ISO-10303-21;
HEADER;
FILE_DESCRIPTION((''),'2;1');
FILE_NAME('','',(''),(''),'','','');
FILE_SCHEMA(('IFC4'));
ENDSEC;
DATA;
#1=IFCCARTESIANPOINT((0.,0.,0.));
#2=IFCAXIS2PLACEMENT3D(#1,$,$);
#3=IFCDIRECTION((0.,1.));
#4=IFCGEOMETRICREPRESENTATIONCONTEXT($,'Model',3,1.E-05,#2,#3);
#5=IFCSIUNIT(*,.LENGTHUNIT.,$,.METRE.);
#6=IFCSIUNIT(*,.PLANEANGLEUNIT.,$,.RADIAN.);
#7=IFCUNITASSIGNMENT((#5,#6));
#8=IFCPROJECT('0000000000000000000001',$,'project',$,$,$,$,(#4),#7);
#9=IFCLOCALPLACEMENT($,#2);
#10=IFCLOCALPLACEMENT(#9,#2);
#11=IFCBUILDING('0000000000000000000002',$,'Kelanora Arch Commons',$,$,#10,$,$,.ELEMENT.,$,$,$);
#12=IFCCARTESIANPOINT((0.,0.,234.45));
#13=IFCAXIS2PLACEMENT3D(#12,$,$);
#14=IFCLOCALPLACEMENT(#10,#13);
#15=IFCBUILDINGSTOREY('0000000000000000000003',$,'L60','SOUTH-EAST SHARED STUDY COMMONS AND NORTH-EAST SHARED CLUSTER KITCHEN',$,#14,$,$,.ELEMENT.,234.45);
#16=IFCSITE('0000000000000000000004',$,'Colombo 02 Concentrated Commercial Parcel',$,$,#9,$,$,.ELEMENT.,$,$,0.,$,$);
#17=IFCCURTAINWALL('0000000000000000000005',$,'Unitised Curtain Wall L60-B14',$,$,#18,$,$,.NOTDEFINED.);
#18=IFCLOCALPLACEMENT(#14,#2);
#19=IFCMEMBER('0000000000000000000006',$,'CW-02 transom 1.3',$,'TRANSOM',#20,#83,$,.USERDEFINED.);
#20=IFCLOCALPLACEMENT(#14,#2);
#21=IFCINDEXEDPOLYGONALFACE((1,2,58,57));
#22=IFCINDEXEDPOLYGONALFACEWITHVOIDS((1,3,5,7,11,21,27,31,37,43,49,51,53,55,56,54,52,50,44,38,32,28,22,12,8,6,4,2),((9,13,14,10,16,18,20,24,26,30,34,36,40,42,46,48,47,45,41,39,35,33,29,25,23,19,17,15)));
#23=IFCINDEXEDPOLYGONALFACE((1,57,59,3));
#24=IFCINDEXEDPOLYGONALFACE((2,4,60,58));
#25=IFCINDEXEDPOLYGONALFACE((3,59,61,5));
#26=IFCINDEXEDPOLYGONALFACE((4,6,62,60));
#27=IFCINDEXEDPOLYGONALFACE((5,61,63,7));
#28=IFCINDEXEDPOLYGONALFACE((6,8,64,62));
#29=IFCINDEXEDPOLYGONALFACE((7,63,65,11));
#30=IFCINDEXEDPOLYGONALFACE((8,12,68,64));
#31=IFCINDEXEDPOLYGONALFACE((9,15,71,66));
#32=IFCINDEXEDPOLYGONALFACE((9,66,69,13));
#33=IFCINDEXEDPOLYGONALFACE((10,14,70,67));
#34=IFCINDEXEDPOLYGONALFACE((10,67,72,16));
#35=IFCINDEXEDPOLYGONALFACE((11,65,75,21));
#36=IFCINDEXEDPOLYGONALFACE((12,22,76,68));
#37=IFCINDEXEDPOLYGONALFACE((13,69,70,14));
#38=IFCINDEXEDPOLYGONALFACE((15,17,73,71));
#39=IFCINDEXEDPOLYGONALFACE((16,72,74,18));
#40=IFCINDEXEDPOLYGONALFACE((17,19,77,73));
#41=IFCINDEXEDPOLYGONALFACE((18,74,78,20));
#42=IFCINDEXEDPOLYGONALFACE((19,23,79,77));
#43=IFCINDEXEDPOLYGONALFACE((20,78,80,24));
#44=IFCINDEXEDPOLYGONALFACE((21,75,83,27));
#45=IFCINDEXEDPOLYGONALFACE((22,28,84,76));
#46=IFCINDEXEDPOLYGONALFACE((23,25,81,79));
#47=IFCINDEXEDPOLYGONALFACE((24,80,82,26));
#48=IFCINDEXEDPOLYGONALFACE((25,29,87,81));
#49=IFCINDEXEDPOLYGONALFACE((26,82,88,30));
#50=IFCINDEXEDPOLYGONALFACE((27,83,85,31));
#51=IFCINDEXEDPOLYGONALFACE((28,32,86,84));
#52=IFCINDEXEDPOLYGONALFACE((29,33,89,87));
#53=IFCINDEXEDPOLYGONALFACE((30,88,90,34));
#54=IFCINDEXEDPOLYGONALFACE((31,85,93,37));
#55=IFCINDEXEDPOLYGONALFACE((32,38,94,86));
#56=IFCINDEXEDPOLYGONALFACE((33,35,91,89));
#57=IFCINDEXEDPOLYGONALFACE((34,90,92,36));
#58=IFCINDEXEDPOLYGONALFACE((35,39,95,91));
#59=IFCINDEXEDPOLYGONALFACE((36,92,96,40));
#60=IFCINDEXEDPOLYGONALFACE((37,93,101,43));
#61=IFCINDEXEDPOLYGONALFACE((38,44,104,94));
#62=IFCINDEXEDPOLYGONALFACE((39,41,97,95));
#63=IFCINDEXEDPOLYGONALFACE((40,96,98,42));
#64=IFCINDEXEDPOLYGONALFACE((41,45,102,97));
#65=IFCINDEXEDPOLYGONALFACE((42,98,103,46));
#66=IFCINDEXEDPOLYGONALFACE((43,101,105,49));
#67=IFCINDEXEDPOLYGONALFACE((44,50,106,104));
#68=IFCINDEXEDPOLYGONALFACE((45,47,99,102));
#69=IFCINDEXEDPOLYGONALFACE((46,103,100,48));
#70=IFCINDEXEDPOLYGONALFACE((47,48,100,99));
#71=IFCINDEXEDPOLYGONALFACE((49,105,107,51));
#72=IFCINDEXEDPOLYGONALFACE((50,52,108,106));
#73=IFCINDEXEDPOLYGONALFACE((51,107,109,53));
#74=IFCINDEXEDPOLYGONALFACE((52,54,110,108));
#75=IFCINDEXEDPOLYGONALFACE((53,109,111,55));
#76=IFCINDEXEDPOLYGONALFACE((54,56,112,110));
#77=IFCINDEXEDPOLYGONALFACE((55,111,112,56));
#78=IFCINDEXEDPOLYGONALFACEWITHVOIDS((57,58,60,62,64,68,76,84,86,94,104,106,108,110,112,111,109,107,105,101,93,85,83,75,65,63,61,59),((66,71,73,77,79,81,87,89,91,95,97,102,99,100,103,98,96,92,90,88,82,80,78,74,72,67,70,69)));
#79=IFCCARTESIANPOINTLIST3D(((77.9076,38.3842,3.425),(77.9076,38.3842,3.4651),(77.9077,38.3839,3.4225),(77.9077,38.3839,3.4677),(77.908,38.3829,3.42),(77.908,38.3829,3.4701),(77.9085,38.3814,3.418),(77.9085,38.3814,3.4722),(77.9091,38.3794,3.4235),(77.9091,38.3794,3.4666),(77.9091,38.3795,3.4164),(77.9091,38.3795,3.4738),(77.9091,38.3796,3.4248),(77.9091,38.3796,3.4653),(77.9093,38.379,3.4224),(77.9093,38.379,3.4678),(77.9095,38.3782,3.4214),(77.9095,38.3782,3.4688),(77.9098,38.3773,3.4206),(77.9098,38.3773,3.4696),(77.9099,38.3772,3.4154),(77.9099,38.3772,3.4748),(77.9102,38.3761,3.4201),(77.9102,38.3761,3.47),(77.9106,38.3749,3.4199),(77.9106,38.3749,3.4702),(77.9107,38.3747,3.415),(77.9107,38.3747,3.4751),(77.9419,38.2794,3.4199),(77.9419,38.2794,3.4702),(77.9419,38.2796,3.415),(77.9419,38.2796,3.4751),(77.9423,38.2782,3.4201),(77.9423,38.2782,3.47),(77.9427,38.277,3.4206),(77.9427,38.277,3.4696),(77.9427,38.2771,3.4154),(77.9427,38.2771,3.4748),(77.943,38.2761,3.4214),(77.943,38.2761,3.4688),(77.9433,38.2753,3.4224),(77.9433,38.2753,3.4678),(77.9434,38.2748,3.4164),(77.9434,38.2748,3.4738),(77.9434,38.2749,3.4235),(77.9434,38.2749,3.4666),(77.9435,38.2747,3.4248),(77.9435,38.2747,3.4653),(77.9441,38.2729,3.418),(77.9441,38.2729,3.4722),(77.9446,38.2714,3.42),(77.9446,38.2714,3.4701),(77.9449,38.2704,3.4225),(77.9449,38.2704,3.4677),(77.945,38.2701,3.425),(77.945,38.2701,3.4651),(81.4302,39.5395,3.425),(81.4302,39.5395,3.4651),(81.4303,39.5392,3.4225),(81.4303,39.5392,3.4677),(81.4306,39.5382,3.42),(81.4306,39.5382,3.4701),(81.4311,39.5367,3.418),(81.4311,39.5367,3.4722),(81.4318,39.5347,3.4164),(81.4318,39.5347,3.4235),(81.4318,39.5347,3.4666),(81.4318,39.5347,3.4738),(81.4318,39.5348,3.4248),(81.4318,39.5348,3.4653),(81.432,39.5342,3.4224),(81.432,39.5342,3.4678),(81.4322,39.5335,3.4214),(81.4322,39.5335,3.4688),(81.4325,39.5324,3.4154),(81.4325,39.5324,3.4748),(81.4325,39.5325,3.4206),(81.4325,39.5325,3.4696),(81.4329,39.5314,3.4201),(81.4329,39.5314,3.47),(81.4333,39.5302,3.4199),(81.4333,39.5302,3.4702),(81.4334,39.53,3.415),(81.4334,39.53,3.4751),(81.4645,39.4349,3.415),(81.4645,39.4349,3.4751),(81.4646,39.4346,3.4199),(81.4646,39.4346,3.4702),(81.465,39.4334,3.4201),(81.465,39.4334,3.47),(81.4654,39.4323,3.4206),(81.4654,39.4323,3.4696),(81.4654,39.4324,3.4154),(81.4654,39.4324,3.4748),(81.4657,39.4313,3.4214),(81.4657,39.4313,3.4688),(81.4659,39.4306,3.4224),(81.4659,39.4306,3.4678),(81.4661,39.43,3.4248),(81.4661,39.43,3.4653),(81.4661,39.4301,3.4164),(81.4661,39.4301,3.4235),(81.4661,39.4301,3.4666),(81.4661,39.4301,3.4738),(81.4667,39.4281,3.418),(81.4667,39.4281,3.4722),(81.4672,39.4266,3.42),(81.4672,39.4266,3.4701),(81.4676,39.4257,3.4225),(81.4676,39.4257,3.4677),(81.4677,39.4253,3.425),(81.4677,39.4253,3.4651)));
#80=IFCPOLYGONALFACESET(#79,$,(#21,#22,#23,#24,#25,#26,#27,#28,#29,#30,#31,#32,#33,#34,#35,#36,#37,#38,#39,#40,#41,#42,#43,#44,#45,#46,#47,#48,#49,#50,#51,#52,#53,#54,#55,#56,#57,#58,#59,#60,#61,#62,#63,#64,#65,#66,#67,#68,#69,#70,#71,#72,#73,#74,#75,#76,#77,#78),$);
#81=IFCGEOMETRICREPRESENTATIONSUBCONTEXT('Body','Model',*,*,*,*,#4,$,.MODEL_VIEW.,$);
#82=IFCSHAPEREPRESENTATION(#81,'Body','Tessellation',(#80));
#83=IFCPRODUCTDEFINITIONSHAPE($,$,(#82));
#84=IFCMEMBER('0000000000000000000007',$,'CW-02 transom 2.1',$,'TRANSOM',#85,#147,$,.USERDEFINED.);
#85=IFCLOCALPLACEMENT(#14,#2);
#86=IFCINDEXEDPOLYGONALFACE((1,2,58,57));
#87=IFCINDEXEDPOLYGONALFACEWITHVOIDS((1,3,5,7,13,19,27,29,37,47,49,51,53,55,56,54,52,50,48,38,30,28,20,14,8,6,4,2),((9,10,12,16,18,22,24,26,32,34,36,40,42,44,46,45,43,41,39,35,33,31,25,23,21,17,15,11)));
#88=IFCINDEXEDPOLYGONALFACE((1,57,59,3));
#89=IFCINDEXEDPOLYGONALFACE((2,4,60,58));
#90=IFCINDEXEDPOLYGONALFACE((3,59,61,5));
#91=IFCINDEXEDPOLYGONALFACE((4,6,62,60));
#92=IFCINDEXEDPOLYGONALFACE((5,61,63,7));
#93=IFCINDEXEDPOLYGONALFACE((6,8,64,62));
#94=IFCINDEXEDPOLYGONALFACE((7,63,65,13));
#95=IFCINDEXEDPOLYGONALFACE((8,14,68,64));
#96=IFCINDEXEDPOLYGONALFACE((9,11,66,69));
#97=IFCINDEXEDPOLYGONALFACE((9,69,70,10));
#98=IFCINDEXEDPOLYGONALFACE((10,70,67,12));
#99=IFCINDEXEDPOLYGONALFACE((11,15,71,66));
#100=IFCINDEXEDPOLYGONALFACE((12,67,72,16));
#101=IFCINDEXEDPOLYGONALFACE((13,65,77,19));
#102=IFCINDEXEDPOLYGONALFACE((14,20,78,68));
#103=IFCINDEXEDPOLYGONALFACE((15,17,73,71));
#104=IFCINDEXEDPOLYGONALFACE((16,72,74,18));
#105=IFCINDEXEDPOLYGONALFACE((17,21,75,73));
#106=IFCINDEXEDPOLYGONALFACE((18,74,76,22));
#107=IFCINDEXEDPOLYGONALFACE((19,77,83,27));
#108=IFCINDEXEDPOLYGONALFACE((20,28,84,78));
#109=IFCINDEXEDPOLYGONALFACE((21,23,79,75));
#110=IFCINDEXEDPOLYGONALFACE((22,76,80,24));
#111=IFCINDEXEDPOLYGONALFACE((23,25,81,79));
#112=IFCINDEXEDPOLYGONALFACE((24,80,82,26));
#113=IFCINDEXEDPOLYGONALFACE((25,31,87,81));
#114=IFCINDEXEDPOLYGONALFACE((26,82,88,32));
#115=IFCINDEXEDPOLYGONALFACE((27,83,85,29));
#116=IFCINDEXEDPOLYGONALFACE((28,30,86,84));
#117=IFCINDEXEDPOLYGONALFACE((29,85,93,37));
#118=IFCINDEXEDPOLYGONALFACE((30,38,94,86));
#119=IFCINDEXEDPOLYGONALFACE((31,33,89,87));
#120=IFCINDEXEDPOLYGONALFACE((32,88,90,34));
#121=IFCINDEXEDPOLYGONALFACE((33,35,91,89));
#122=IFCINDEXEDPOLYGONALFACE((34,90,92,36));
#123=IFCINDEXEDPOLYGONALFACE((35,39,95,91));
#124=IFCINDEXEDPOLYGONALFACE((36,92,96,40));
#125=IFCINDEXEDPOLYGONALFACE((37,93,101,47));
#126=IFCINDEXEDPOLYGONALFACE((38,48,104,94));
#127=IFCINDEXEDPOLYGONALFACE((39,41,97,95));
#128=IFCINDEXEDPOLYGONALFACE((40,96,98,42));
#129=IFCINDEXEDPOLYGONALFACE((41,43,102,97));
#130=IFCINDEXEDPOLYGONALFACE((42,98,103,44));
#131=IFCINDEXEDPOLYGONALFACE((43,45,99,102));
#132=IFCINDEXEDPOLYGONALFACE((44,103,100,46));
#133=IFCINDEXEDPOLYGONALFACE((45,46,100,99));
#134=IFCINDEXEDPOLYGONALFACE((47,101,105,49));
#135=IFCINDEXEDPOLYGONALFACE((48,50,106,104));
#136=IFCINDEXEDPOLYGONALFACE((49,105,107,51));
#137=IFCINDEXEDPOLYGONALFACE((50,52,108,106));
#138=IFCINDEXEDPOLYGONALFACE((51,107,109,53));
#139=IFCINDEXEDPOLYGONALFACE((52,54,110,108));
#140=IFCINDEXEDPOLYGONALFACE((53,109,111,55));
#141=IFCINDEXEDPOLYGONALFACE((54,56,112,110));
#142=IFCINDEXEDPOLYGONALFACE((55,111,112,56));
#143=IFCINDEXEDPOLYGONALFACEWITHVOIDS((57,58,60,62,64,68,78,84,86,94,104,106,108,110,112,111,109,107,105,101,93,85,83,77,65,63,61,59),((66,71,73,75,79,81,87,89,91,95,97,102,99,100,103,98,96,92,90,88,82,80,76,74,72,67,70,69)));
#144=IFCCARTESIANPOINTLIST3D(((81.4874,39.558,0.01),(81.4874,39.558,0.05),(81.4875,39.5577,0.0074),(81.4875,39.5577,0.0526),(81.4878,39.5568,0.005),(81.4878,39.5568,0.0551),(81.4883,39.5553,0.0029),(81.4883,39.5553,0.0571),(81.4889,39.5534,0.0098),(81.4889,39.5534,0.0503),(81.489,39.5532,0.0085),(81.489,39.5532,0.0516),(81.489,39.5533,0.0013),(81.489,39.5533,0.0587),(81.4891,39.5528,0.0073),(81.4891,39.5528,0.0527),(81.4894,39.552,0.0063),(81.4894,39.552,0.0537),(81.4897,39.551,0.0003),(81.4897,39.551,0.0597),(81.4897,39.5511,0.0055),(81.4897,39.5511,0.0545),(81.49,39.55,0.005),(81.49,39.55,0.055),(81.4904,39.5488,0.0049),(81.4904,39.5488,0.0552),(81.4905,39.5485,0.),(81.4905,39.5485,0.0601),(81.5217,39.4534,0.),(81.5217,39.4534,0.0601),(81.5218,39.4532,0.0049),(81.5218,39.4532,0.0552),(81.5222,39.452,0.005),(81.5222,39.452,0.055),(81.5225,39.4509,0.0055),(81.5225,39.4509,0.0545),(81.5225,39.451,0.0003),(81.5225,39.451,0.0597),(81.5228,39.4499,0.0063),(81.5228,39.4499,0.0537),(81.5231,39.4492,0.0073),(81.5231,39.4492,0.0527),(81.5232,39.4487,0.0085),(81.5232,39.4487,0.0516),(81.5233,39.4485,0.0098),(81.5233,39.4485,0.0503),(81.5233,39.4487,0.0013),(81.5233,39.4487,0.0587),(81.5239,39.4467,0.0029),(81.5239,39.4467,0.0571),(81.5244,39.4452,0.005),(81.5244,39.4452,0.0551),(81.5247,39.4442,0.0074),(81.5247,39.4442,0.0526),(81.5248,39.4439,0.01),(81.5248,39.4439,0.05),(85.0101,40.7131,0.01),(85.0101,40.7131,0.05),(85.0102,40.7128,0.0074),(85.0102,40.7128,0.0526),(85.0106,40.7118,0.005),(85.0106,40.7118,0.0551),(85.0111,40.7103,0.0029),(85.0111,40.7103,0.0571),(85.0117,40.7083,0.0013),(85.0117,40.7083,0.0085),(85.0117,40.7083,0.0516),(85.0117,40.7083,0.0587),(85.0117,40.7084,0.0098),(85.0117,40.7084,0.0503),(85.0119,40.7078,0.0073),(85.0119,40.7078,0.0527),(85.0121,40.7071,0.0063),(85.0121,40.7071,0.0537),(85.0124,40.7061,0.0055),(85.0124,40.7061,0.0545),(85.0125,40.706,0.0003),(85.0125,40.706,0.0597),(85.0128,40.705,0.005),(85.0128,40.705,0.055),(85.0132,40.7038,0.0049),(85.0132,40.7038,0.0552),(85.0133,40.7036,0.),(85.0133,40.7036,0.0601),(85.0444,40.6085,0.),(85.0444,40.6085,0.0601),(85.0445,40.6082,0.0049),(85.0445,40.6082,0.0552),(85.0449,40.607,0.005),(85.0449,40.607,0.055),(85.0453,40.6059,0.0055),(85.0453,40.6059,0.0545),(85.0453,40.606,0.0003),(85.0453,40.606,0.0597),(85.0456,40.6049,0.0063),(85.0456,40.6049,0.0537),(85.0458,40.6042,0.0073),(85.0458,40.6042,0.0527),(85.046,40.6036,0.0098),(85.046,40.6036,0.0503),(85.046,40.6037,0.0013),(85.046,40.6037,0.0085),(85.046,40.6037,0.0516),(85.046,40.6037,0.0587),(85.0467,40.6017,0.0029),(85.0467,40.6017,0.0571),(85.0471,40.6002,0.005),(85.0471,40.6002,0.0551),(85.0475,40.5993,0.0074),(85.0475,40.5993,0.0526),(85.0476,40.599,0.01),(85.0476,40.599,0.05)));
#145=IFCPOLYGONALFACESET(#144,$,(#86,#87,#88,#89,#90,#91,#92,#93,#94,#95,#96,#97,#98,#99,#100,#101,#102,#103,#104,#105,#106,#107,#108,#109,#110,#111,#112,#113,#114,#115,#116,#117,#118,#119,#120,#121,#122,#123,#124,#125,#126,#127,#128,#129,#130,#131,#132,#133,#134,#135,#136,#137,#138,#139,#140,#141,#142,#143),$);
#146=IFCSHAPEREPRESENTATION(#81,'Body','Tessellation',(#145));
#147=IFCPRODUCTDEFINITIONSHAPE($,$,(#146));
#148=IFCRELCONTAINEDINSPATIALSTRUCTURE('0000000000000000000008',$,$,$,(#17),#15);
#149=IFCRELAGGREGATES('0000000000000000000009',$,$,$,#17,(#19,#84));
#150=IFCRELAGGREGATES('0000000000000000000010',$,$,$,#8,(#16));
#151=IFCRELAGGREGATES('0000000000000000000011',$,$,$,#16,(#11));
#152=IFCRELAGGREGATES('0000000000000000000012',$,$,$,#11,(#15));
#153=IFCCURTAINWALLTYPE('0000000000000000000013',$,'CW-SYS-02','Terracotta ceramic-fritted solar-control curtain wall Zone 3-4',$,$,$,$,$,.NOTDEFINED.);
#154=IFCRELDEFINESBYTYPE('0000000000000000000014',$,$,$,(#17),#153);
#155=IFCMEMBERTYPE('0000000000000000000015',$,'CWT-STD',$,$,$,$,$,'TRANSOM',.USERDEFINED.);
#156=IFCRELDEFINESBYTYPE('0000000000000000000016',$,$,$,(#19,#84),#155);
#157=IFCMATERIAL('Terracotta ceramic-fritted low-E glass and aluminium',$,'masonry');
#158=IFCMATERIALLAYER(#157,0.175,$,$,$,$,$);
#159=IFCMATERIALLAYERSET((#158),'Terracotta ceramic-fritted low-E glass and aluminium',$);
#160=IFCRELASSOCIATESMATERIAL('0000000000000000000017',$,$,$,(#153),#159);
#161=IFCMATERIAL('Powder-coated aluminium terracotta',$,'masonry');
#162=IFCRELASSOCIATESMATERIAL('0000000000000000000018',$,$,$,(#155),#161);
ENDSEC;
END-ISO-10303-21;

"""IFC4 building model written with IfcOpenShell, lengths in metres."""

from ifc_helpers import new_model, si_unit, direction, frame, origin, origin_2d, place, context, subcontext, project, spatial, hollow_rectangle, extrude, material, layer, layer_set, material_profile, profile_set, type_object, element, aggregate, save


model = new_model("IFC4")

# Units and contexts
model_context = context("Model", 3, precision=1e-05, world=origin(), true_north=direction((0.0, 1.0)))
body_context = subcontext(model_context, "Body", "Model", "MODEL_VIEW")
ifc_project = project(units=[si_unit("LENGTHUNIT", "METRE"), si_unit("PLANEANGLEUNIT", "RADIAN")], contexts=[model_context])

# Site, building, storey
site_placement = place(None, origin())
site = spatial("IfcSite", under=ifc_project, at=site_placement, Name="Colombo 02 Concentrated Commercial Parcel", CompositionType="ELEMENT", RefElevation=0.0)
building_placement = place(site_placement, origin())
building = spatial("IfcBuilding", under=site, at=building_placement, Name="Kelanora Arch Commons", CompositionType="ELEMENT")
storey_placement = place(building_placement, frame((0.0, 0.0, 234.45)))
storey = spatial("IfcBuildingStorey", under=building, at=storey_placement, Name="L60", Description="SOUTH-EAST SHARED STUDY COMMONS AND NORTH-EAST SHARED CLUSTER KITCHEN", CompositionType="ELEMENT", Elevation=234.45)

# Curtain wall, members
ifc_material_1 = material(Name="Terracotta ceramic-fritted low-E glass and aluminium", Category="masonry")
ifc_layer_1 = layer(ifc_material_1, 0.175)
ifc_layer_set_1 = layer_set([ifc_layer_1], Name="Terracotta ceramic-fritted low-E glass and aluminium")
curtain_wall_type = type_object("IfcCurtainWallType", Name="CW-SYS-02", Description="Terracotta ceramic-fritted solar-control curtain wall Zone 3-4", PredefinedType="NOTDEFINED", material=ifc_layer_set_1)
curtain_wall_placement = place(storey_placement, origin())
curtain_wall = element("IfcCurtainWall", 1, at=curtain_wall_placement, inside=storey, type_object=curtain_wall_type, Name="Unitised Curtain Wall L60-B14", PredefinedType="NOTDEFINED")
ifc_material_2 = material(Name="Powder-coated aluminium terracotta", Category="masonry")
ifc_material_profile_1 = material_profile(ifc_material_2, hollow_rectangle(XDim=0.1201, YDim=0.0601, WallThickness=0.0049, InnerFilletRadius=0.0049, OuterFilletRadius=0.01, at=origin_2d()), Name="CWT120x60")
ifc_profile_set_1 = profile_set([ifc_material_profile_1], Name="Powder-coated aluminium terracotta")
member_type_1 = type_object("IfcMemberType", Name="CWT-STD", ElementType="TRANSOM", PredefinedType="USERDEFINED", material=ifc_profile_set_1)
member_1_placement = place(storey_placement, frame((77.9263, 38.3271, 3.4451), z_axis=(0.950207, 0.311621, 0.0), x_axis=(-0.311621, 0.950207, 0.0)))
member_1 = element("IfcMember", 2, at=member_1_placement, type_object=member_type_1, Name="CW-02 transom 1.3", ObjectType="TRANSOM", PredefinedType="USERDEFINED", context=body_context, shape_type="SweptSolid", body=[
    extrude(hollow_rectangle(XDim=0.1201, YDim=0.0601, WallThickness=0.0049, InnerFilletRadius=0.0049, OuterFilletRadius=0.01, at=origin_2d()), origin(), (0.0, 0.0, 1.0), 3.7073),
])
member_2_placement = place(storey_placement, frame((81.5061, 39.501, 0.03), z_axis=(0.950226, 0.311561, 0.0), x_axis=(-0.311561, 0.950226, 0.0)))
member_2 = element("IfcMember", 3, at=member_2_placement, type_object=member_type_1, Name="CW-02 transom 2.1", ObjectType="TRANSOM", PredefinedType="USERDEFINED", context=body_context, shape_type="SweptSolid", body=[
    extrude(hollow_rectangle(XDim=0.1201, YDim=0.0601, WallThickness=0.0049, InnerFilletRadius=0.0049, OuterFilletRadius=0.01, at=origin_2d()), origin(), (0.0, 0.0, 1.0), 3.7073),
])
aggregate(curtain_wall, [member_1, member_2])

save(model, "model.ifc")
